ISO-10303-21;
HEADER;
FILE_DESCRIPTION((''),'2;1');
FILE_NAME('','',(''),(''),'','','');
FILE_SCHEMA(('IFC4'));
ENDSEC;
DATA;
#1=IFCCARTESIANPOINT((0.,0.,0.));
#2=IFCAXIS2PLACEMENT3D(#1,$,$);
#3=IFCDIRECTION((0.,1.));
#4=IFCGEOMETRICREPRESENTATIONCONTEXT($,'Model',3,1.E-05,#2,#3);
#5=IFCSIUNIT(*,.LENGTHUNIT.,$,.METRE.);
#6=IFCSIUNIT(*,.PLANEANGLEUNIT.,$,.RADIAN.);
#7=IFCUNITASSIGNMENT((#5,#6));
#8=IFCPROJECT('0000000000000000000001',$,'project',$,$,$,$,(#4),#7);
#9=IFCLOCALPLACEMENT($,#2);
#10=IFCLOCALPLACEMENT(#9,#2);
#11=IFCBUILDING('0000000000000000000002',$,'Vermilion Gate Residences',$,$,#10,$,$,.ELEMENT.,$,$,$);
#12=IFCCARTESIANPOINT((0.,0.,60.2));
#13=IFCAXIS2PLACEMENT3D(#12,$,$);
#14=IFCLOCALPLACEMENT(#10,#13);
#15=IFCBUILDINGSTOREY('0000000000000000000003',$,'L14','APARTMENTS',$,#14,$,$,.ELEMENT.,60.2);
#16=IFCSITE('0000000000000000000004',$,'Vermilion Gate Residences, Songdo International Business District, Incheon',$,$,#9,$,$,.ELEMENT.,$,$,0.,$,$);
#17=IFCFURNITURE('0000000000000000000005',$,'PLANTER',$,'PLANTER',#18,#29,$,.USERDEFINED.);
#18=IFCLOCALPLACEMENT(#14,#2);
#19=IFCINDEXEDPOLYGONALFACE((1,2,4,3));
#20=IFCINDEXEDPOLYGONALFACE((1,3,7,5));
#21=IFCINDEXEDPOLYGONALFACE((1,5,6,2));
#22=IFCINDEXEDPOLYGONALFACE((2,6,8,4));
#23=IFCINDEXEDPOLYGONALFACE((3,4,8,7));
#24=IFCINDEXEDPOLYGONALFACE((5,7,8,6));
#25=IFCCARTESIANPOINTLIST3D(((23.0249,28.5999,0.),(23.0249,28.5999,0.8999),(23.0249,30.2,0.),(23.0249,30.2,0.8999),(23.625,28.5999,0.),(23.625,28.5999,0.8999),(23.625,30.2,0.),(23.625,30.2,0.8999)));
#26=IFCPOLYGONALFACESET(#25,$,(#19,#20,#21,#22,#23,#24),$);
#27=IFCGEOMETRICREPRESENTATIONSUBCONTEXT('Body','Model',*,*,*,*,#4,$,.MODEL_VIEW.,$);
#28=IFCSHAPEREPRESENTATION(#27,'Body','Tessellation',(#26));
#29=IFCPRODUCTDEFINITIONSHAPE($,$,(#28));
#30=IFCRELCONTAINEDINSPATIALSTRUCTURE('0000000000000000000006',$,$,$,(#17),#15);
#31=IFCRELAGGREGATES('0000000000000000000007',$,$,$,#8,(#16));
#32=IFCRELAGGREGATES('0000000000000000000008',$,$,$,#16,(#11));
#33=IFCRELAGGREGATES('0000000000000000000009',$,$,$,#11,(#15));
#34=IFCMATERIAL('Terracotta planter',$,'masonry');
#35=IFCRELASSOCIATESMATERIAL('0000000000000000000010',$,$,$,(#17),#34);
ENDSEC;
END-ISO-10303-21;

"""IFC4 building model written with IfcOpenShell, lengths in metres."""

from ifc_helpers import new_model, si_unit, direction, frame, origin, origin_2d, place, context, subcontext, project, spatial, rectangle, extrude, material, element, save


model = new_model("IFC4")

# Units and contexts
model_context = context("Model", 3, precision=1e-05, world=origin(), true_north=direction((0.0, 1.0)))
body_context = subcontext(model_context, "Body", "Model", "MODEL_VIEW")
ifc_project = project(units=[si_unit("LENGTHUNIT", "METRE"), si_unit("PLANEANGLEUNIT", "RADIAN")], contexts=[model_context])

# Site, building, storey
site_placement = place(None, origin())
site = spatial("IfcSite", under=ifc_project, at=site_placement, Name="Vermilion Gate Residences, Songdo International Business District, Incheon", CompositionType="ELEMENT", RefElevation=0.0)
building_placement = place(site_placement, origin())
building = spatial("IfcBuilding", under=site, at=building_placement, Name="Vermilion Gate Residences", CompositionType="ELEMENT")
storey_placement = place(building_placement, frame((0.0, 0.0, 60.2)))
storey = spatial("IfcBuildingStorey", under=building, at=storey_placement, Name="L14", Description="APARTMENTS", CompositionType="ELEMENT", Elevation=60.2)

# Furniture
ifc_material_1 = material(Name="Terracotta planter", Category="masonry")
for number, where, z_axis, x_axis, name in (
    (1, (23.325, 29.3999, 0.0), (0.0, 0.0, 1.0), (0.0, 1.0, 0.0), "PLANTER"),
):
    element("IfcFurniture", number, at=place(storey_placement, frame(where, z_axis=z_axis, x_axis=x_axis)), inside=storey, material=ifc_material_1, Name=name, ObjectType="PLANTER", PredefinedType="USERDEFINED", context=body_context, shape_type="SweptSolid", body=[
        extrude(rectangle(XDim=1.6001, YDim=0.6001, at=origin_2d()), origin(), (0.0, 0.0, 1.0), 0.8999),
    ])

save(model, "model.ifc")
